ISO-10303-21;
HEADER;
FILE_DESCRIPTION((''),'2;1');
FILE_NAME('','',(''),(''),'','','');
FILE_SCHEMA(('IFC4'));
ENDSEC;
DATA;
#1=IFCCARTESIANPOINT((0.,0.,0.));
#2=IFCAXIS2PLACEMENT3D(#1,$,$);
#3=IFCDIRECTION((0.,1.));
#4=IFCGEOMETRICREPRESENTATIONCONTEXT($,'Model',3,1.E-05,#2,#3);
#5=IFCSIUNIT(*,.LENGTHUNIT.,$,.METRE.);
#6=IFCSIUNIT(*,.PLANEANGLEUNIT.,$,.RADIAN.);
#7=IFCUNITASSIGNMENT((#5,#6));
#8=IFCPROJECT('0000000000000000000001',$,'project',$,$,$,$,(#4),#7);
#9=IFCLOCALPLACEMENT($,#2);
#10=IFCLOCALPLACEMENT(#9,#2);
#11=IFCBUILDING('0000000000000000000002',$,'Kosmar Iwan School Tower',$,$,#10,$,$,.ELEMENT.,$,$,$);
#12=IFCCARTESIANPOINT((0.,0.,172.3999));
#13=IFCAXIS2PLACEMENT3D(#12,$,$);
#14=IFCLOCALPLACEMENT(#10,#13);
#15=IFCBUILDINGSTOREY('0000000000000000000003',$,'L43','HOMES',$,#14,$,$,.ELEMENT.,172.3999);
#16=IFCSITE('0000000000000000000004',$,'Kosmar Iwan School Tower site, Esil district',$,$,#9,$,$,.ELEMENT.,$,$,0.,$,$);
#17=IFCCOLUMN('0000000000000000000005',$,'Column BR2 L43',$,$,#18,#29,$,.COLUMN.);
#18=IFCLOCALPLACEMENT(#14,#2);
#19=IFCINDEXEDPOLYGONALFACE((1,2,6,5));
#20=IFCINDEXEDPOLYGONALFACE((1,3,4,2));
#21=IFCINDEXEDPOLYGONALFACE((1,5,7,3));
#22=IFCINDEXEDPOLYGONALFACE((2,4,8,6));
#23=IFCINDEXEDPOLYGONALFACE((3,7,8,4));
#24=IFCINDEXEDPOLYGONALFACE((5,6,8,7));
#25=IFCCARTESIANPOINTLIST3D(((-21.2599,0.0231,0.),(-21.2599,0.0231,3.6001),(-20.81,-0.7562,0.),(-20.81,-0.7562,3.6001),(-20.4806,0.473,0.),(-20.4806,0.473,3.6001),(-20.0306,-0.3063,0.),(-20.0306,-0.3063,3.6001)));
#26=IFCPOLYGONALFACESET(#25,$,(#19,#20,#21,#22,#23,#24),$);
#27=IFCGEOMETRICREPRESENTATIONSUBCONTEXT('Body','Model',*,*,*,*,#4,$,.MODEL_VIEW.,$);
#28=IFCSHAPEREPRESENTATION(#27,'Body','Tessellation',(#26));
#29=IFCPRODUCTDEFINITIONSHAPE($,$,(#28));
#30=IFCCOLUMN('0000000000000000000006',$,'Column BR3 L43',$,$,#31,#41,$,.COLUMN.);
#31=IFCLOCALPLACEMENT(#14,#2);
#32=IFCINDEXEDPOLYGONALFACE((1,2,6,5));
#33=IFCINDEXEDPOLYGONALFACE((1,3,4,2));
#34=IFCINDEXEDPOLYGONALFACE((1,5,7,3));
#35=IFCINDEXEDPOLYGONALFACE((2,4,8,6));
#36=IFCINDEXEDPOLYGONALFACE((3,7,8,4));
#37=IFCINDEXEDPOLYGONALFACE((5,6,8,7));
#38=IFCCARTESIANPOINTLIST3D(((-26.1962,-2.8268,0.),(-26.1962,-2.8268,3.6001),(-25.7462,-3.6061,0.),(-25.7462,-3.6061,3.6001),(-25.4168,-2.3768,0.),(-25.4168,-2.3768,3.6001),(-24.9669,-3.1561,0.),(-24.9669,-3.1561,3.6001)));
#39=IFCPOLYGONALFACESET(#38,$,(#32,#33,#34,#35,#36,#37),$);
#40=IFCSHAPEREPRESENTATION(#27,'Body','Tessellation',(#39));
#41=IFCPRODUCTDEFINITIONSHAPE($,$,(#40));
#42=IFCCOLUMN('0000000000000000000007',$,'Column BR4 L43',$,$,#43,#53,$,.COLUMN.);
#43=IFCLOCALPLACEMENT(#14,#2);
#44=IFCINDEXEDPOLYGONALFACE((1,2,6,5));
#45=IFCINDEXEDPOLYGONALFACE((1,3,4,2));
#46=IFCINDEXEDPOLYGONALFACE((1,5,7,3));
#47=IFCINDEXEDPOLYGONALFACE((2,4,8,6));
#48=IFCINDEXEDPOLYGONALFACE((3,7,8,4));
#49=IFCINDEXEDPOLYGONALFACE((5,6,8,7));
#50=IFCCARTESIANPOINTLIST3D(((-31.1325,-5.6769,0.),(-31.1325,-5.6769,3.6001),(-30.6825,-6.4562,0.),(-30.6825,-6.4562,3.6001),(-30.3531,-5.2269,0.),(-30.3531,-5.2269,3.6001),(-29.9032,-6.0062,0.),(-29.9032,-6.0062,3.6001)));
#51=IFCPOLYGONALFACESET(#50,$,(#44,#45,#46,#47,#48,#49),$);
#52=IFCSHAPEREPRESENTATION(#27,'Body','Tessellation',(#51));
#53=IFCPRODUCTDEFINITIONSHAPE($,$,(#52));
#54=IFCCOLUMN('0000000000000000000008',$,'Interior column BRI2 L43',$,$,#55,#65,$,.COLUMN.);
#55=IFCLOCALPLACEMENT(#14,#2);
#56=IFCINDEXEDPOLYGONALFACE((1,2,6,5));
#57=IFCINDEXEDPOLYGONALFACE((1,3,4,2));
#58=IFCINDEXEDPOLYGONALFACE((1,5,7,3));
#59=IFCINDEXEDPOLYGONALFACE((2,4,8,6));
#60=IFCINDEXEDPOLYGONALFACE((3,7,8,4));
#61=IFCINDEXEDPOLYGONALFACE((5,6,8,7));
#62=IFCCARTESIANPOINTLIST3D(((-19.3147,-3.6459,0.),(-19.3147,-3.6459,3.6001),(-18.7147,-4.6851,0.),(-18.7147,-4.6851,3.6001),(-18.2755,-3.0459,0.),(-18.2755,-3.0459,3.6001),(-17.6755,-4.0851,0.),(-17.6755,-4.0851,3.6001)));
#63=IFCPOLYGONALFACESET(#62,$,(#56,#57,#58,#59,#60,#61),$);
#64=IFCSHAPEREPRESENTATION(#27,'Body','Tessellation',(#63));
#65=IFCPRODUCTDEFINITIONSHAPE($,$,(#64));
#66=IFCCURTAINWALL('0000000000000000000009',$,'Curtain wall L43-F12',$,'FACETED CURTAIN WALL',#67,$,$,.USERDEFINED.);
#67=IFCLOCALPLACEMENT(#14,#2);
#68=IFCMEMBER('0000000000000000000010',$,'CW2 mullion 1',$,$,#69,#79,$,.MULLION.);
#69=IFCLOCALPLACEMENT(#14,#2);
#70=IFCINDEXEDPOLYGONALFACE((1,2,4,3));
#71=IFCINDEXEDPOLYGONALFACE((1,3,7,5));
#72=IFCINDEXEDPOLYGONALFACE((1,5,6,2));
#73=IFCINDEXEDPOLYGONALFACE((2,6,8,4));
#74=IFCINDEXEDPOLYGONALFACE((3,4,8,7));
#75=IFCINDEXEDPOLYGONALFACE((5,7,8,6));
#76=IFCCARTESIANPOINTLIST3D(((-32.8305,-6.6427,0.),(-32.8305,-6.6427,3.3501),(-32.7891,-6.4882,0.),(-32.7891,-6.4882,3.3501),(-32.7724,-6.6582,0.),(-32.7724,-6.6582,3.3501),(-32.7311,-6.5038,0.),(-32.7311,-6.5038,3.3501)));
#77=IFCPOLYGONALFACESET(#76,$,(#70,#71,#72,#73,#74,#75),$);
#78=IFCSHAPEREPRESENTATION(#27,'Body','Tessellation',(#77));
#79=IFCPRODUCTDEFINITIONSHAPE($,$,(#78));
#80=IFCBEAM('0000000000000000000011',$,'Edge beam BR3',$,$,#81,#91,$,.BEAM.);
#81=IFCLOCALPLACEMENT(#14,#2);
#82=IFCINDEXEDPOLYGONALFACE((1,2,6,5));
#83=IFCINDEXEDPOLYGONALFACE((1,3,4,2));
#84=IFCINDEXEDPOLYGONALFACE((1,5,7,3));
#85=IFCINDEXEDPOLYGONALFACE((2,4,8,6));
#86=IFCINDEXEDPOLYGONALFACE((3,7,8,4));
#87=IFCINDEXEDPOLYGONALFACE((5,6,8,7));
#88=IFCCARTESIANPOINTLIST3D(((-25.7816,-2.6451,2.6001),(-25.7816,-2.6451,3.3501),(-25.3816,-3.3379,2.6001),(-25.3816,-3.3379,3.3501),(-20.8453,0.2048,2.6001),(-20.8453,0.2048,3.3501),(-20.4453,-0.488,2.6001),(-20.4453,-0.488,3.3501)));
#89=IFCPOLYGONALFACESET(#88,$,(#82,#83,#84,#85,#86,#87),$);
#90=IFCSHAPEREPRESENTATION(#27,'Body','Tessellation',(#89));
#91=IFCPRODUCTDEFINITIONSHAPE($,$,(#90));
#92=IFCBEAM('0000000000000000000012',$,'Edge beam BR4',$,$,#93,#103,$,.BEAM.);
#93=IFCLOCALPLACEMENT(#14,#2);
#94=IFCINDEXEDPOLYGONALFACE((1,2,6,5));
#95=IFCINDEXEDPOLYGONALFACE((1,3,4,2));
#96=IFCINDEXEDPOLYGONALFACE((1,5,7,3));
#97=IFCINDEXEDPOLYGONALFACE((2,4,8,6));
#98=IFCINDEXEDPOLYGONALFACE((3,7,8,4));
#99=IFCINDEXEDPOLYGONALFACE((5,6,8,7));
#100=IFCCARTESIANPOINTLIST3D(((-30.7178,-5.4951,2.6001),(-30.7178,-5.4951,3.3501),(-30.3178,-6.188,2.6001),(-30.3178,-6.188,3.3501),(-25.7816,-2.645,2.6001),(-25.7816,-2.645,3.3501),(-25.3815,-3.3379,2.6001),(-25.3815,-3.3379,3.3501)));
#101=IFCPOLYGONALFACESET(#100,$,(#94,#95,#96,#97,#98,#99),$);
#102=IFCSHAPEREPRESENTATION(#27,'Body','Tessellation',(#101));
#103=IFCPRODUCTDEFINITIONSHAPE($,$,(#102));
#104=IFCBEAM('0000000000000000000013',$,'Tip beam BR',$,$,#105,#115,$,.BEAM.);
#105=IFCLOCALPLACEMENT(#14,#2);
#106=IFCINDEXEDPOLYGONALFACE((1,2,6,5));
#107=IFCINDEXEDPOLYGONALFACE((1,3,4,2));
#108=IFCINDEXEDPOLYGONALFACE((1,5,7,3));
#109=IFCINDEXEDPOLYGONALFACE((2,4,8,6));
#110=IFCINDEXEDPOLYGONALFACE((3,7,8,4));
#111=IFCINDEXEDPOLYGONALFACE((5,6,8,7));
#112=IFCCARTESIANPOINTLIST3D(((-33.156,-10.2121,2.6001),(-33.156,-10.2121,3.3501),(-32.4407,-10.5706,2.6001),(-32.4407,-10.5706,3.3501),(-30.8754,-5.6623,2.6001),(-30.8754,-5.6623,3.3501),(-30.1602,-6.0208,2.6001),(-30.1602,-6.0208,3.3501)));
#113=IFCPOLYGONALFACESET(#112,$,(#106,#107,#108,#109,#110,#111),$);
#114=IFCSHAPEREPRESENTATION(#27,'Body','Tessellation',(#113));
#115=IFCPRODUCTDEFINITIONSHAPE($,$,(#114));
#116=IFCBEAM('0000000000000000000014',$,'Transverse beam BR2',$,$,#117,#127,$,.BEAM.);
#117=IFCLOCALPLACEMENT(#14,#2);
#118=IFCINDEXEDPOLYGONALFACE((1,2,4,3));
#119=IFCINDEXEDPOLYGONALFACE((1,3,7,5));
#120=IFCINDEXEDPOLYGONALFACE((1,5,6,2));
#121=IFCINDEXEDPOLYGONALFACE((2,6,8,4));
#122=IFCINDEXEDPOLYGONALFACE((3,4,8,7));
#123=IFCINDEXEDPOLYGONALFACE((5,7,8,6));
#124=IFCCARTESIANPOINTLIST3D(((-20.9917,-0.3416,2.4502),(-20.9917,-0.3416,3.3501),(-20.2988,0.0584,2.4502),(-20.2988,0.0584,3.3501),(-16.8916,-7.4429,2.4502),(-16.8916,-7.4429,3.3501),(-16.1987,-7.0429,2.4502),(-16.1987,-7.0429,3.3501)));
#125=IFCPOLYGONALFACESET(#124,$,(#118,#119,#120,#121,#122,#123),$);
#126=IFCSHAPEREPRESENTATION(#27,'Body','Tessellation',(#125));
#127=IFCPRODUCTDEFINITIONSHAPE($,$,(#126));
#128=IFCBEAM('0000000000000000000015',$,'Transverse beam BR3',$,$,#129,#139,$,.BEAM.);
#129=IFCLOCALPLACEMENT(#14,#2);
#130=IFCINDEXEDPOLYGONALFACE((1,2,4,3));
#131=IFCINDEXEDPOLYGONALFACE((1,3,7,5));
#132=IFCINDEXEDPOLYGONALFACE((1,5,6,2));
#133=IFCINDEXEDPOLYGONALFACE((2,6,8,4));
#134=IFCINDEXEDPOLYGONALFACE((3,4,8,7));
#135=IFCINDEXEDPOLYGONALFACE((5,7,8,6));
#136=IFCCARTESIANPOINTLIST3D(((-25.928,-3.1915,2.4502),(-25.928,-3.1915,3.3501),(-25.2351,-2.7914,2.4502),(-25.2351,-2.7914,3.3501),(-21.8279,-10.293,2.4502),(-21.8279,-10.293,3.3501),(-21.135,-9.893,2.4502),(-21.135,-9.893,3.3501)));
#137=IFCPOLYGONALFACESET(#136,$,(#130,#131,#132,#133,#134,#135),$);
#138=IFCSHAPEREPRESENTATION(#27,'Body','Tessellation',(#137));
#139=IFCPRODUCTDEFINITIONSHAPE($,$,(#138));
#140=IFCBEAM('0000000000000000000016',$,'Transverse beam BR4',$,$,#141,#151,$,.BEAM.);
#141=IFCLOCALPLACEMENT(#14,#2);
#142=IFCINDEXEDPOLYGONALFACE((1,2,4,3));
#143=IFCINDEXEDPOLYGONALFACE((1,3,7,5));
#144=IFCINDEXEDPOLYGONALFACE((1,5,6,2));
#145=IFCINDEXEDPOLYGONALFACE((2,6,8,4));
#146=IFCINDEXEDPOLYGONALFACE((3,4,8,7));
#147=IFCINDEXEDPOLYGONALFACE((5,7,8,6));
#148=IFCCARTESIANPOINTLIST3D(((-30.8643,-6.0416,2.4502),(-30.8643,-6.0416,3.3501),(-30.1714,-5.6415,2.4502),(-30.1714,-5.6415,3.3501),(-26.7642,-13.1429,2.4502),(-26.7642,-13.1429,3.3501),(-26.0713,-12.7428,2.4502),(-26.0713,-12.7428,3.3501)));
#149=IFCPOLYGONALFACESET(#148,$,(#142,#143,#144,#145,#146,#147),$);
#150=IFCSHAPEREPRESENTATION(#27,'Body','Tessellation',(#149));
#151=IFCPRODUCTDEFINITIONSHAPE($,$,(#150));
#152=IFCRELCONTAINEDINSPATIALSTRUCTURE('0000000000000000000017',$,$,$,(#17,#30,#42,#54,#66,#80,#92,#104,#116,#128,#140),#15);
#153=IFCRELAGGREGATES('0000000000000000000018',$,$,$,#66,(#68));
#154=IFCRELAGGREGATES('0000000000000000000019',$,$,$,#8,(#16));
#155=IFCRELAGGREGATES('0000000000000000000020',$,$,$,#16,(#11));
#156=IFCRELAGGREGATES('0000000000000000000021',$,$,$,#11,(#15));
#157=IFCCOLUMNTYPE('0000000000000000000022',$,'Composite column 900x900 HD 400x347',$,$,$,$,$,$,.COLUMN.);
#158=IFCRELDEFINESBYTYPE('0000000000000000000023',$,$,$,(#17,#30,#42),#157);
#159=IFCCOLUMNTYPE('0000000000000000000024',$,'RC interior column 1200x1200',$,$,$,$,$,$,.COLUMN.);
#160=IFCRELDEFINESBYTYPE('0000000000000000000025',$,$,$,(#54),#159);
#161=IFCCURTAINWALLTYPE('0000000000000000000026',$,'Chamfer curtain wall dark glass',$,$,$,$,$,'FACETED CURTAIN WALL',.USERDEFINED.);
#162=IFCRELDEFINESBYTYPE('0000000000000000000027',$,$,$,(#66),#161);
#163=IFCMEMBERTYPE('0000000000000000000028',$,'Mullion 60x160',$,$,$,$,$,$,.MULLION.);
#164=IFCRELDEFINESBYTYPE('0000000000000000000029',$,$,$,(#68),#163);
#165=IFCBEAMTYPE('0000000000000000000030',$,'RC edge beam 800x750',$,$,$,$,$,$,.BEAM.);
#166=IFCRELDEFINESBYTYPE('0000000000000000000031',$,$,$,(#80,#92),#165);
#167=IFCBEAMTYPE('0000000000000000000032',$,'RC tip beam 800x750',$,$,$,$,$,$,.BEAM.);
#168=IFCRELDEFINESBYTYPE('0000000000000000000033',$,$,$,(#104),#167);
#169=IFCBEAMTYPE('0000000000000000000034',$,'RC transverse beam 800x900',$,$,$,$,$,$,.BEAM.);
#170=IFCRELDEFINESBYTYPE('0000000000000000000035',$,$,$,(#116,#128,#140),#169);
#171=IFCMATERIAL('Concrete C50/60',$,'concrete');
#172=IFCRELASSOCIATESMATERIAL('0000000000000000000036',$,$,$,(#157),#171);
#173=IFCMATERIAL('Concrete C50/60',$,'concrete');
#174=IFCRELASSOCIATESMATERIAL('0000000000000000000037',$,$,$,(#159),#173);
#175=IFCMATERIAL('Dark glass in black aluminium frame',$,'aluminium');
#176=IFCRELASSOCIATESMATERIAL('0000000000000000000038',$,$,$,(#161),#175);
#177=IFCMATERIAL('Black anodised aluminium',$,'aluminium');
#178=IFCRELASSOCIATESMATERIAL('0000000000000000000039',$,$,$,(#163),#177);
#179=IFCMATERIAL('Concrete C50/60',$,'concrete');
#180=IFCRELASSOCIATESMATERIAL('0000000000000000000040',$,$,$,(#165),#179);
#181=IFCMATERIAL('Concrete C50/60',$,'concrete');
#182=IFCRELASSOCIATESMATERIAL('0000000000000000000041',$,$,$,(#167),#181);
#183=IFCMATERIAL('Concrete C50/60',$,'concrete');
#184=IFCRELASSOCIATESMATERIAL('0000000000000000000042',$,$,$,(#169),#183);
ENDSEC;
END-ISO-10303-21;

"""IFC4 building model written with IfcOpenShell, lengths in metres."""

from ifc_helpers import new_model, si_unit, direction, frame, origin, origin_2d, place, context, subcontext, project, spatial, rectangle, extrude, material, material_profile, profile_set, type_object, element, aggregate, save


model = new_model("IFC4")

# Units and contexts
model_context = context("Model", 3, precision=1e-05, world=origin(), true_north=direction((0.0, 1.0)))
body_context = subcontext(model_context, "Body", "Model", "MODEL_VIEW")
ifc_project = project(units=[si_unit("LENGTHUNIT", "METRE"), si_unit("PLANEANGLEUNIT", "RADIAN")], contexts=[model_context])

# Site, building, storey
site_placement = place(None, origin())
site = spatial("IfcSite", under=ifc_project, at=site_placement, Name="Kosmar Iwan School Tower site, Esil district", CompositionType="ELEMENT", RefElevation=0.0)
building_placement = place(site_placement, origin())
building = spatial("IfcBuilding", under=site, at=building_placement, Name="Kosmar Iwan School Tower", CompositionType="ELEMENT")
storey_placement = place(building_placement, frame((0.0, 0.0, 172.3999)))
storey = spatial("IfcBuildingStorey", under=building, at=storey_placement, Name="L43", Description="HOMES", CompositionType="ELEMENT", Elevation=172.3999)

# Columns
ifc_material_1 = material(Name="Concrete C50/60", Category="concrete")
ifc_material_profile_1 = material_profile(ifc_material_1, rectangle(XDim=0.8999, YDim=0.8999, at=origin_2d()), Name="RC 900x900 + HD 400x347")
ifc_profile_set_1 = profile_set([ifc_material_profile_1], Name="Concrete C50/60")
column_type_1 = type_object("IfcColumnType", Name="Composite column 900x900 HD 400x347", PredefinedType="COLUMN", material=ifc_profile_set_1)
for number, where, z_axis, x_axis, name in (
    (1, (-20.6453, -0.1416, 0.0), (0.0, 0.0, 1.0), (-0.866025, -0.5, 0.0), "Column BR2 L43"),
    (2, (-25.5815, -2.9915, 0.0), (0.0, 0.0, 1.0), (-0.866025, -0.5, 0.0), "Column BR3 L43"),
    (3, (-30.5178, -5.8416, 0.0), (0.0, 0.0, 1.0), (-0.866025, -0.5, 0.0), "Column BR4 L43"),
):
    element("IfcColumn", number, at=place(storey_placement, frame(where, z_axis=z_axis, x_axis=x_axis)), inside=storey, type_object=column_type_1, Name=name, PredefinedType="COLUMN", context=body_context, shape_type="SweptSolid", body=[
        extrude(rectangle(XDim=0.8999, YDim=0.8999, at=origin_2d()), origin(), (0.0, 0.0, 1.0), 3.6001),
    ])
ifc_material_2 = material(Name="Concrete C50/60", Category="concrete")
ifc_material_profile_2 = material_profile(ifc_material_2, rectangle(XDim=1.2, YDim=1.2, at=origin_2d()), Name="RC 1200x1200")
ifc_profile_set_2 = profile_set([ifc_material_profile_2], Name="Concrete C50/60")
column_type_2 = type_object("IfcColumnType", Name="RC interior column 1200x1200", PredefinedType="COLUMN", material=ifc_profile_set_2)
column_placement = place(storey_placement, frame((-18.4951, -3.8655, 0.0), z_axis=(0.0, 0.0, 1.0), x_axis=(-0.866025, -0.5, 0.0)))
element("IfcColumn", 4, at=column_placement, inside=storey, type_object=column_type_2, Name="Interior column BRI2 L43", PredefinedType="COLUMN", context=body_context, shape_type="SweptSolid", body=[
    extrude(rectangle(XDim=1.2, YDim=1.2, at=origin_2d()), origin(), (0.0, 0.0, 1.0), 3.6001),
])

# Curtain wall, member
ifc_material_3 = material(Name="Dark glass in black aluminium frame", Category="aluminium")
curtain_wall_type = type_object("IfcCurtainWallType", Name="Chamfer curtain wall dark glass", ElementType="FACETED CURTAIN WALL", PredefinedType="USERDEFINED", material=ifc_material_3)
curtain_wall_placement = place(storey_placement, origin())
curtain_wall = element("IfcCurtainWall", 5, at=curtain_wall_placement, inside=storey, type_object=curtain_wall_type, Name="Curtain wall L43-F12", ObjectType="FACETED CURTAIN WALL", PredefinedType="USERDEFINED")
ifc_material_4 = material(Name="Black anodised aluminium", Category="aluminium")
ifc_material_profile_3 = material_profile(ifc_material_4, rectangle(XDim=0.0601, YDim=0.1599, at=origin_2d()), Name="MULLION 60x160")
ifc_profile_set_3 = profile_set([ifc_material_profile_3], Name="Black anodised aluminium")
member_type = type_object("IfcMemberType", Name="Mullion 60x160", PredefinedType="MULLION", material=ifc_profile_set_3)
member_placement = place(storey_placement, frame((-32.7808, -6.5732, 0.0), z_axis=(0.0, 0.0, 1.0), x_axis=(0.965926, -0.258819, 0.0)))
member = element("IfcMember", 6, at=member_placement, type_object=member_type, Name="CW2 mullion 1", PredefinedType="MULLION", context=body_context, shape_type="SweptSolid", body=[
    extrude(rectangle(XDim=0.0601, YDim=0.1599, at=origin_2d()), origin(), (0.0, 0.0, 1.0), 3.3501),
])
aggregate(curtain_wall, [member])

# Beams
ifc_material_5 = material(Name="Concrete C50/60", Category="concrete")
ifc_material_profile_4 = material_profile(ifc_material_5, rectangle(XDim=0.8, YDim=0.75, at=origin_2d()), Name="RC 800x750")
ifc_profile_set_4 = profile_set([ifc_material_profile_4], Name="Concrete C50/60")
beam_type_1 = type_object("IfcBeamType", Name="RC edge beam 800x750", PredefinedType="BEAM", material=ifc_profile_set_4)
for number, where, z_axis, x_axis, name in (
    (7, (-20.6453, -0.1416, 2.9751), (-0.866034, -0.499986, 0.0), (0.499986, -0.866034, 0.0), "Edge beam BR3"),
    (8, (-25.5815, -2.9915, 2.9751), (-0.866015, -0.500018, 0.0), (0.500018, -0.866015, 0.0), "Edge beam BR4"),
):
    element("IfcBeam", number, at=place(storey_placement, frame(where, z_axis=z_axis, x_axis=x_axis)), inside=storey, type_object=beam_type_1, Name=name, PredefinedType="BEAM", context=body_context, shape_type="SweptSolid", body=[
        extrude(rectangle(XDim=0.8, YDim=0.75, at=origin_2d()), origin(), (0.0, 0.0, 1.0), 5.7),
    ])
ifc_material_6 = material(Name="Concrete C50/60", Category="concrete")
ifc_material_profile_5 = material_profile(ifc_material_6, rectangle(XDim=0.8, YDim=0.75, at=origin_2d()), Name="RC 800x750")
ifc_profile_set_5 = profile_set([ifc_material_profile_5], Name="Concrete C50/60")
beam_type_2 = type_object("IfcBeamType", Name="RC tip beam 800x750", PredefinedType="BEAM", material=ifc_profile_set_5)
beam_1_placement = place(storey_placement, frame((-30.5178, -5.8416, 2.9751), z_axis=(-0.448096, -0.893985, 0.0), x_axis=(0.893985, -0.448096, 0.0)))
element("IfcBeam", 9, at=beam_1_placement, inside=storey, type_object=beam_type_2, Name="Tip beam BR", PredefinedType="BEAM", context=body_context, shape_type="SweptSolid", body=[
    extrude(rectangle(XDim=0.8, YDim=0.75, at=origin_2d()), origin(), (0.0, 0.0, 1.0), 5.0894),
])
ifc_material_7 = material(Name="Concrete C50/60", Category="concrete")
ifc_material_profile_6 = material_profile(ifc_material_7, rectangle(XDim=0.8, YDim=0.8999, at=origin_2d()), Name="RC 800x900")
ifc_profile_set_6 = profile_set([ifc_material_profile_6], Name="Concrete C50/60")
beam_type_3 = type_object("IfcBeamType", Name="RC transverse beam 800x900", PredefinedType="BEAM", material=ifc_profile_set_6)
beam_2_placement = place(storey_placement, frame((-20.6453, -0.1416, 2.9001), z_axis=(0.500014, -0.866018, 0.0), x_axis=(0.866018, 0.500014, 0.0)))
element("IfcBeam", 10, at=beam_2_placement, inside=storey, type_object=beam_type_3, Name="Transverse beam BR2", PredefinedType="BEAM", context=body_context, shape_type="SweptSolid", body=[
    extrude(rectangle(XDim=0.8, YDim=0.8999, at=origin_2d()), origin(), (0.0, 0.0, 1.0), 8.2),
])
beam_3_placement = place(storey_placement, frame((-25.5815, -2.9915, 2.9001), z_axis=(0.500001, -0.866025, 0.0), x_axis=(0.866025, 0.500001, 0.0)))
element("IfcBeam", 11, at=beam_3_placement, inside=storey, type_object=beam_type_3, Name="Transverse beam BR3", PredefinedType="BEAM", context=body_context, shape_type="SweptSolid", body=[
    extrude(rectangle(XDim=0.8, YDim=0.8999, at=origin_2d()), origin(), (0.0, 0.0, 1.0), 8.2002),
])
beam_4_placement = place(storey_placement, frame((-30.5178, -5.8416, 2.9001), z_axis=(0.500014, -0.866018, 0.0), x_axis=(0.866018, 0.500014, 0.0)))
element("IfcBeam", 12, at=beam_4_placement, inside=storey, type_object=beam_type_3, Name="Transverse beam BR4", PredefinedType="BEAM", context=body_context, shape_type="SweptSolid", body=[
    extrude(rectangle(XDim=0.8, YDim=0.8999, at=origin_2d()), origin(), (0.0, 0.0, 1.0), 8.2),
])

save(model, "model.ifc")
